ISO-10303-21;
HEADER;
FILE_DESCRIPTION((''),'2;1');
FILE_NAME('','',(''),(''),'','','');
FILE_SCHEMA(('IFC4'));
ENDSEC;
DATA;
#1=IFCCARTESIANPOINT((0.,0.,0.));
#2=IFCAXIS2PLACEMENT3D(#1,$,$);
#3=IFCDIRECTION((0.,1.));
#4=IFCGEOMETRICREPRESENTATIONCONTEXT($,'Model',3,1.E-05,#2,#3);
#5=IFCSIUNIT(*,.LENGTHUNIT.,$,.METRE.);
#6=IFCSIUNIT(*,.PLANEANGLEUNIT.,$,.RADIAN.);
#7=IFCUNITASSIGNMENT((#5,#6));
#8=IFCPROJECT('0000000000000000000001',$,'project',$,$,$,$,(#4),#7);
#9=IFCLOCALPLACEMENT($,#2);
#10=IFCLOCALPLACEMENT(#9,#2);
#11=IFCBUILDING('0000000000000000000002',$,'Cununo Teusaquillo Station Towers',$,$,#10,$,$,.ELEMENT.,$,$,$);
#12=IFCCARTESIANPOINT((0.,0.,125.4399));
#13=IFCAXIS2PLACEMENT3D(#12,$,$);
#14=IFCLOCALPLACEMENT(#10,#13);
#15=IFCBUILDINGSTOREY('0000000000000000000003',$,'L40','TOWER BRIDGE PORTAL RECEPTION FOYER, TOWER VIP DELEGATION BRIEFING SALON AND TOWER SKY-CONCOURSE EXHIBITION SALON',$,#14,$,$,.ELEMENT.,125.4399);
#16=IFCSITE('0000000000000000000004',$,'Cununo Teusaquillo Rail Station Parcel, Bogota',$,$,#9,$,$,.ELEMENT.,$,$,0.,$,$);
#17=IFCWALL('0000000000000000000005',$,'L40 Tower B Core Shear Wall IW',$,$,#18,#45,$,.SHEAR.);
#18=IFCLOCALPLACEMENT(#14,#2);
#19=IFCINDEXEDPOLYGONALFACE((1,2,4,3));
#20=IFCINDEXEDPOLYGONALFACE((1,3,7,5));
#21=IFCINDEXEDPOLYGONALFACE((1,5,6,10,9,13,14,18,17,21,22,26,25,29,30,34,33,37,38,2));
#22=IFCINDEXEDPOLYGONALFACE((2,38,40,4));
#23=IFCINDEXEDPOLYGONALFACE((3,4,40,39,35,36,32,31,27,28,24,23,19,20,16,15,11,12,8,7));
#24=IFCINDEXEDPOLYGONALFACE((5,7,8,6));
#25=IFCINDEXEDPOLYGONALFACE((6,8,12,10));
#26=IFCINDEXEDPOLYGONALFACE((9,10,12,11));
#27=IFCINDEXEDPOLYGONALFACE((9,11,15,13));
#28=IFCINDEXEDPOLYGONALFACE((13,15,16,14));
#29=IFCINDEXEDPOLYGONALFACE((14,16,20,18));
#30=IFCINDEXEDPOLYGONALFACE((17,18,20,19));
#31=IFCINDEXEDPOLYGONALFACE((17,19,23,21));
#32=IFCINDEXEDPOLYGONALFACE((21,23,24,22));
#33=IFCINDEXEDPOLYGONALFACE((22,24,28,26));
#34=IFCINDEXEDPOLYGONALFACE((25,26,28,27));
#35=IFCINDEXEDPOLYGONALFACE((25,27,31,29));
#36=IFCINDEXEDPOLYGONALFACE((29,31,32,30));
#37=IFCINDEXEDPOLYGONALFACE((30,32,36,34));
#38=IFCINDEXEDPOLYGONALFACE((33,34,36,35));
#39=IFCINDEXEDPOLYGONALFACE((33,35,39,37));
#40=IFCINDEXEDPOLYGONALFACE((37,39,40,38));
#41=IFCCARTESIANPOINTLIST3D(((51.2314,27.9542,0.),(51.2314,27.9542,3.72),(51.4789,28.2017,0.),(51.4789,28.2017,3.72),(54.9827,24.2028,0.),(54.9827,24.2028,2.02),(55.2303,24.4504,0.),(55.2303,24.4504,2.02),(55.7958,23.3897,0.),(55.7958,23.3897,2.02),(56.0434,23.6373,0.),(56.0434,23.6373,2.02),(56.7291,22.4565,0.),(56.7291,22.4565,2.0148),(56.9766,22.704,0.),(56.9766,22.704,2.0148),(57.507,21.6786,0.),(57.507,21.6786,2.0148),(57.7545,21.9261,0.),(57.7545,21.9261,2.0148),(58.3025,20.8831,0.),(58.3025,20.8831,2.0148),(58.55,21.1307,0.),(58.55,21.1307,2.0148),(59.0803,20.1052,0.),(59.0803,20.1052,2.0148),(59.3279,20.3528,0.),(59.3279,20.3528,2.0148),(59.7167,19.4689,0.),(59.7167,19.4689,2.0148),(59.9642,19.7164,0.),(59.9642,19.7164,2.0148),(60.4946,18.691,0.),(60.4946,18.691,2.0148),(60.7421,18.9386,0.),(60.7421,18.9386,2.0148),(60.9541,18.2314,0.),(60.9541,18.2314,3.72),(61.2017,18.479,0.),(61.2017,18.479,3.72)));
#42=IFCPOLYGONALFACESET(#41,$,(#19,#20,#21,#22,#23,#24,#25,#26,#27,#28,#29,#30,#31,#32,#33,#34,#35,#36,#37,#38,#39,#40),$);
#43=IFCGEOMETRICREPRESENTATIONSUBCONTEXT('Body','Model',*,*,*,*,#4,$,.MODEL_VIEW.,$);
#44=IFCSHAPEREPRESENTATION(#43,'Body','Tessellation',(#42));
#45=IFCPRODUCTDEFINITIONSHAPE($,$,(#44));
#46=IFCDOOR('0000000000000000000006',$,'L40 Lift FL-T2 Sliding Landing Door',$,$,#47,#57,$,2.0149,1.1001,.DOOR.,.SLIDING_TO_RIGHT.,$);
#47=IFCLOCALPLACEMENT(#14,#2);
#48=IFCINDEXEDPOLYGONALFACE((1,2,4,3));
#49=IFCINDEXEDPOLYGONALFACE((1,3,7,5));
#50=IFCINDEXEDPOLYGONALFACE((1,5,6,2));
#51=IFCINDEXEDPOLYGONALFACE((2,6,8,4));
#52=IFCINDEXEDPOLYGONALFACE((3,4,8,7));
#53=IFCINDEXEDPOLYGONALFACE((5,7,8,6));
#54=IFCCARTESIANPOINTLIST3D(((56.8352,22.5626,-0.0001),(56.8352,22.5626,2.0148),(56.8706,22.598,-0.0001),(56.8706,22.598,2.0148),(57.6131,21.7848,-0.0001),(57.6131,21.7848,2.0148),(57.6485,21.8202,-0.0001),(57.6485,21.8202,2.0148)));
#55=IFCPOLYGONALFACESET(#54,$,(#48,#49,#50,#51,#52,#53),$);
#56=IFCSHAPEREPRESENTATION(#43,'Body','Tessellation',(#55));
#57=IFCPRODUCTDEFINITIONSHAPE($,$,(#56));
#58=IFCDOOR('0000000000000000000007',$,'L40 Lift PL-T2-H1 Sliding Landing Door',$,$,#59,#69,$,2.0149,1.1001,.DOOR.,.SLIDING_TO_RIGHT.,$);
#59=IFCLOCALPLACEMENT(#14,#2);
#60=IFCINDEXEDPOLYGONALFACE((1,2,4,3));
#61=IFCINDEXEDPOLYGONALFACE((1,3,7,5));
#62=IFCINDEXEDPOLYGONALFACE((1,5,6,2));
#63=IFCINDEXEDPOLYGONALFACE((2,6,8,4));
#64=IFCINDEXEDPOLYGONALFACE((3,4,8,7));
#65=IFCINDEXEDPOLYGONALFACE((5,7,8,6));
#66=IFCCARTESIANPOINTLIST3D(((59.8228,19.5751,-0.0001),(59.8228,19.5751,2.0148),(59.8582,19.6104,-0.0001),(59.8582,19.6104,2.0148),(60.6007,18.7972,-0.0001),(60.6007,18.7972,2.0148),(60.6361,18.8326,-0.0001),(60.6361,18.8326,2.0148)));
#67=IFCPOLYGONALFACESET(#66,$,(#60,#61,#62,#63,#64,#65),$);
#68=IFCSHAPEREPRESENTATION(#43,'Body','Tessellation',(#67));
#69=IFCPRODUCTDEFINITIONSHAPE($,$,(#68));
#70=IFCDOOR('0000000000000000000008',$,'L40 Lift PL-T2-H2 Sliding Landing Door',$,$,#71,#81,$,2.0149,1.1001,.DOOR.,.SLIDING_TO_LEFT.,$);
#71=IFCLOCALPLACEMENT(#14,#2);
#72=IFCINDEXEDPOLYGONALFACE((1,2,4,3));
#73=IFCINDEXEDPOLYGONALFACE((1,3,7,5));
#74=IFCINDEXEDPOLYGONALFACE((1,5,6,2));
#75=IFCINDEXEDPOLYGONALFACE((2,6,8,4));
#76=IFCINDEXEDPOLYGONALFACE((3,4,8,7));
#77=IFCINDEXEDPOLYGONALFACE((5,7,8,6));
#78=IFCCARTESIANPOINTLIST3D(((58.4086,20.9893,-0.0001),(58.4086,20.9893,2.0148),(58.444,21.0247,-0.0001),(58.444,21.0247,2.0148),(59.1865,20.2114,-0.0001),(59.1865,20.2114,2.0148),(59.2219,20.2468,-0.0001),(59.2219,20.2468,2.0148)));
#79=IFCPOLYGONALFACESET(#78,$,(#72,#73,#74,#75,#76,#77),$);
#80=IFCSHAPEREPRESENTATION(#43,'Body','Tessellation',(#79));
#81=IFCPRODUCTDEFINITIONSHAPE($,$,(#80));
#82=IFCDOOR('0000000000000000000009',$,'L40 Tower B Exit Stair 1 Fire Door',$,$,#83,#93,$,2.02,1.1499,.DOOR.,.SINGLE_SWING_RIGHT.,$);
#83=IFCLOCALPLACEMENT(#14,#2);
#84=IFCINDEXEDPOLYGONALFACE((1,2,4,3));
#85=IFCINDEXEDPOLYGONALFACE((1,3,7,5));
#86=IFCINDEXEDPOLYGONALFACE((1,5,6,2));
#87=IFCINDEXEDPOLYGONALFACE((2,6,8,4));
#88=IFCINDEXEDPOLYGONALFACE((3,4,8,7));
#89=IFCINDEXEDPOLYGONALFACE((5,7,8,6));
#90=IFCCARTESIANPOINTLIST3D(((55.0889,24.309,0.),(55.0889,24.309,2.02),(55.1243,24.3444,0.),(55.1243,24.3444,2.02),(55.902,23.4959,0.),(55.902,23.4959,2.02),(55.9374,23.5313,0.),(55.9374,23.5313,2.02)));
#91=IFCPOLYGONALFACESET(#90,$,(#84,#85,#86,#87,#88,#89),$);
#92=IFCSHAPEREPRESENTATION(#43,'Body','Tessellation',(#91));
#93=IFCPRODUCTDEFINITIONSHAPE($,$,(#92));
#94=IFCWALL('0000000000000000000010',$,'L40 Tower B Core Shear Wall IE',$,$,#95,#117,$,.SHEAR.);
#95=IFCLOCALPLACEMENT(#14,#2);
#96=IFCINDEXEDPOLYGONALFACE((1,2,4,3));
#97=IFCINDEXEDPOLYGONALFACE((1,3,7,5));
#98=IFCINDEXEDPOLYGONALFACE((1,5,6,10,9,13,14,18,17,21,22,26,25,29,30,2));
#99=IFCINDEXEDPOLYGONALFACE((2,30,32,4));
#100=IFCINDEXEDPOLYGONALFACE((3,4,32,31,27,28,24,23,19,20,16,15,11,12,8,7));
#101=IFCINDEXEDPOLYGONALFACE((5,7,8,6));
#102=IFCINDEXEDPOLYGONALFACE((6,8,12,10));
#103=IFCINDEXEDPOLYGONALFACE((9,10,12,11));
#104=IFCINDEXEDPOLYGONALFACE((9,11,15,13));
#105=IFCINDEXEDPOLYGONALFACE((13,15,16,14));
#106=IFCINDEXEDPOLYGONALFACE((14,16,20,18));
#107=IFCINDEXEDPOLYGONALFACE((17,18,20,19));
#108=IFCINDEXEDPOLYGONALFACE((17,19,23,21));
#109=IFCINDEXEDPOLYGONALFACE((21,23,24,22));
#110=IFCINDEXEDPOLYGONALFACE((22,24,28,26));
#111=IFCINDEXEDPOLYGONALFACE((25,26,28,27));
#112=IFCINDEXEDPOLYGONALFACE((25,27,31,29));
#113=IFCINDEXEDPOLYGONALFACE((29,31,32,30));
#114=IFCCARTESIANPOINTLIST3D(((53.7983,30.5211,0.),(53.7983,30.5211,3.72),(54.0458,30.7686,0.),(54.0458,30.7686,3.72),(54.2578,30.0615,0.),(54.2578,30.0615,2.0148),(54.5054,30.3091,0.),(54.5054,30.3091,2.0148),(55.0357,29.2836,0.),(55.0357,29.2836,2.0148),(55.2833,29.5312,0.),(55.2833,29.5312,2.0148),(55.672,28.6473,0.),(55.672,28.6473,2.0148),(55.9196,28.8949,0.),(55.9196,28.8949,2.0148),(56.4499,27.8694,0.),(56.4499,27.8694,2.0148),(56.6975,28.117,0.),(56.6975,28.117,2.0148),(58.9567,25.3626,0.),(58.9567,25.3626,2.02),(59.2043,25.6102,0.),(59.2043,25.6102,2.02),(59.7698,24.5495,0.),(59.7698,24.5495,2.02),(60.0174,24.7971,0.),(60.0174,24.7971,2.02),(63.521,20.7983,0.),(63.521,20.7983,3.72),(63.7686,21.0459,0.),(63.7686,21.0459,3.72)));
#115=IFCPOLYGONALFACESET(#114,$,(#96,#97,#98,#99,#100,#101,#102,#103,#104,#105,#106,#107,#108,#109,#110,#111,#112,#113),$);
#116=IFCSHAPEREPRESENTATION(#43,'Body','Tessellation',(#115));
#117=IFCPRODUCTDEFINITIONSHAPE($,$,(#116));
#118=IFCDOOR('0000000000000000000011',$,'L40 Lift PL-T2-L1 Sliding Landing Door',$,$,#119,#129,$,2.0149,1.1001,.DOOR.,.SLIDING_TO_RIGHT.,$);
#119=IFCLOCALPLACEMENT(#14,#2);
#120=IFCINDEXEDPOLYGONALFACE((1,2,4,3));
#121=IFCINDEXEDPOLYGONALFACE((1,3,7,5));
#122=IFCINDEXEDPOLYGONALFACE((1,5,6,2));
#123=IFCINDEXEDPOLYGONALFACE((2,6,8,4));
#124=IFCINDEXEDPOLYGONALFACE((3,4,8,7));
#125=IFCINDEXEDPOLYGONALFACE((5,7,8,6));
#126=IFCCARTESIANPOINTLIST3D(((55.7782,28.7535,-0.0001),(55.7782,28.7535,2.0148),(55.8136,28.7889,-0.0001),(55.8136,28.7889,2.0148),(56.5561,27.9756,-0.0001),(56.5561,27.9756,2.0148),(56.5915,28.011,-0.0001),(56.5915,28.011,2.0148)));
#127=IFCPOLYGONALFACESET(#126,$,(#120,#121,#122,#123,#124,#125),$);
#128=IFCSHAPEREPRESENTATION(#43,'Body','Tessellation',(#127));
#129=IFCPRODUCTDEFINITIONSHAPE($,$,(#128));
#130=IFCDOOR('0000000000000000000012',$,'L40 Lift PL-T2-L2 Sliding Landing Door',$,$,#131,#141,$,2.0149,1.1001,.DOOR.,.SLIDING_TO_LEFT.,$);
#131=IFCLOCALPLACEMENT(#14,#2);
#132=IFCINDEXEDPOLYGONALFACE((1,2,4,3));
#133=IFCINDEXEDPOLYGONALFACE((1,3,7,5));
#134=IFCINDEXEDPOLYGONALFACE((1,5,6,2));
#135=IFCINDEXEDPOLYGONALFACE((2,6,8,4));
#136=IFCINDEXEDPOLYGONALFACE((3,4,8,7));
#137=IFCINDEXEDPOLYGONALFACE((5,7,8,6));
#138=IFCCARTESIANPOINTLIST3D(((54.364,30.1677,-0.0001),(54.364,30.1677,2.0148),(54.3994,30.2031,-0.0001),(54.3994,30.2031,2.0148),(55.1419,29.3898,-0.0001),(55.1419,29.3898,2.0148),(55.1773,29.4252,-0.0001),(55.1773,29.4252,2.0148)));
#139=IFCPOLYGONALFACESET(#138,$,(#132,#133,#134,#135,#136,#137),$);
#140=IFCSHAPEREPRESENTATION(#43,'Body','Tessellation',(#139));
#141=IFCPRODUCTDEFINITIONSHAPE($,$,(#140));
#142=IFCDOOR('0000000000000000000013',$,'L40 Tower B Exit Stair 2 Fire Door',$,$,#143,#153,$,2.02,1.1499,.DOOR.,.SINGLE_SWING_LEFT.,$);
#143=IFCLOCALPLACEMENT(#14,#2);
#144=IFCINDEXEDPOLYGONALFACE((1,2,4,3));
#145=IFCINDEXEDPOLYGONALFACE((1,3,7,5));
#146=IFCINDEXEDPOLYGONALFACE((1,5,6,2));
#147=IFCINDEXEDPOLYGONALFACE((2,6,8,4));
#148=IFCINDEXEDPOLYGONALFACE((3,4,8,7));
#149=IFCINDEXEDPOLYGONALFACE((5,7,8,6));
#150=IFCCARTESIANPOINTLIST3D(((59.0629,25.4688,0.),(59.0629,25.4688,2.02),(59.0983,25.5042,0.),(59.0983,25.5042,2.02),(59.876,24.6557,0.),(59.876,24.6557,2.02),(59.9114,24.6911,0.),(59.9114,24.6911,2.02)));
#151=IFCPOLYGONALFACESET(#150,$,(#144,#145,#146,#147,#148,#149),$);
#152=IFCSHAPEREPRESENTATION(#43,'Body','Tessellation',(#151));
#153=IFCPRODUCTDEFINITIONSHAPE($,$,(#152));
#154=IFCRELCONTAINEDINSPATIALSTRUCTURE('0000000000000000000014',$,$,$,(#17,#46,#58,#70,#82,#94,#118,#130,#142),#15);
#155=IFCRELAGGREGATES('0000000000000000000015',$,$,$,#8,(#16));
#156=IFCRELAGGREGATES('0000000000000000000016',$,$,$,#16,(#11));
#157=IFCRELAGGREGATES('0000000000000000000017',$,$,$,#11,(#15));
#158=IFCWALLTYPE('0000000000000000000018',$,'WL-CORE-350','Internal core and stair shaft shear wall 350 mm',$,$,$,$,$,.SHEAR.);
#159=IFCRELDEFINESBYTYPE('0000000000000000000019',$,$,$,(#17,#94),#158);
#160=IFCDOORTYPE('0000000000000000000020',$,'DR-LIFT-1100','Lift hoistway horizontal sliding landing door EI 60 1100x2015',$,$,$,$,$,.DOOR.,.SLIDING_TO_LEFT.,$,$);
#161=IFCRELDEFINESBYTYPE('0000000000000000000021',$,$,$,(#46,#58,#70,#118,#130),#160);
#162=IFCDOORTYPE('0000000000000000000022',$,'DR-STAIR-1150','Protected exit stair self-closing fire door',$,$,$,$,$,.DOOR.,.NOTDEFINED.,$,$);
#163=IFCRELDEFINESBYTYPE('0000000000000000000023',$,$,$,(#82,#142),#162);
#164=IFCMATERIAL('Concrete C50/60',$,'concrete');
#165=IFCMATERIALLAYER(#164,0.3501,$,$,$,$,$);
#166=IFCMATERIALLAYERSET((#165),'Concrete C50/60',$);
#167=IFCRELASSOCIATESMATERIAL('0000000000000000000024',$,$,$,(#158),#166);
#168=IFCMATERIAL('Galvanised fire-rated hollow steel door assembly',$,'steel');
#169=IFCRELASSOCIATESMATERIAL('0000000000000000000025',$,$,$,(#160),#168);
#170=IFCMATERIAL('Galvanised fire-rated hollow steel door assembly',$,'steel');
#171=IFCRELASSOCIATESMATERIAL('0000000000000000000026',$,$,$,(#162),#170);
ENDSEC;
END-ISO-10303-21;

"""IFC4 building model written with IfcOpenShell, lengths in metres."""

from ifc_helpers import new_model, si_unit, direction, frame, frame_2d, origin, place, context, subcontext, project, spatial, rectangle, extrude, source, transform, mapped, material, layer, layer_set, type_object, element, fill, save


model = new_model("IFC4")

# Units and contexts
model_context = context("Model", 3, precision=1e-05, world=origin(), true_north=direction((0.0, 1.0)))
body_context = subcontext(model_context, "Body", "Model", "MODEL_VIEW")
ifc_project = project(units=[si_unit("LENGTHUNIT", "METRE"), si_unit("PLANEANGLEUNIT", "RADIAN")], contexts=[model_context])

# Site, building, storey
site_placement = place(None, origin())
site = spatial("IfcSite", under=ifc_project, at=site_placement, Name="Cununo Teusaquillo Rail Station Parcel, Bogota", CompositionType="ELEMENT", RefElevation=0.0)
building_placement = place(site_placement, origin())
building = spatial("IfcBuilding", under=site, at=building_placement, Name="Cununo Teusaquillo Station Towers", CompositionType="ELEMENT")
storey_placement = place(building_placement, frame((0.0, 0.0, 125.4399)))
storey = spatial("IfcBuildingStorey", under=building, at=storey_placement, Name="L40", Description="TOWER BRIDGE PORTAL RECEPTION FOYER, TOWER VIP DELEGATION BRIEFING SALON AND TOWER SKY-CONCOURSE EXHIBITION SALON", CompositionType="ELEMENT", Elevation=125.4399)

# Walls, openings, doors
ifc_material_1 = material(Name="Concrete C50/60", Category="concrete")
ifc_layer_1 = layer(ifc_material_1, 0.3501)
ifc_layer_set_1 = layer_set([ifc_layer_1], Name="Concrete C50/60")
wall_type_1 = type_object("IfcWallType", Name="WL-CORE-350", Description="Internal core and stair shaft shear wall 350 mm", PredefinedType="SHEAR", material=ifc_layer_set_1)
wall_1_placement = place(storey_placement, frame((61.0779, 18.3552, 0.0), z_axis=(0.0, 0.0, 1.0), x_axis=(-0.707107, 0.707107, 0.0)))
wall_1 = element("IfcWall", 1, at=wall_1_placement, inside=storey, type_object=wall_type_1, Name="L40 Tower B Core Shear Wall IW", PredefinedType="SHEAR", context=body_context, shape_type="SweptSolid", body=[
    extrude(rectangle(XDim=13.75, YDim=0.3501, at=frame_2d((6.875, 0.0))), origin(), (0.0, 0.0, 1.0), 3.72),
])
shared_shape_1 = source(origin(), body_context, "Body", "SweptSolid", [
    extrude(rectangle(XDim=1.1001, YDim=2.0149, at=frame_2d((0.55, 1.0073))), frame((0.0, 0.1851, 0.0), z_axis=(0.0, -1.0, 0.0), x_axis=(1.0, 0.0, 0.0)), (0.0, 0.0, 1.0), 0.3701),
])
opening_1_placement = place(wall_1_placement, frame((4.875, 0.0, 0.0)))
opening_1 = element("IfcOpeningElement", 2, at=opening_1_placement, cuts=wall_1, PredefinedType="OPENING", context=body_context, shape_type="MappedRepresentation", body=[
    mapped(shared_shape_1, transform((0.0, 0.0, 0.0), x_axis=(1.0, 0.0, 0.0), y_axis=(0.0, 1.0, 0.0), z_axis=(0.0, 0.0, 1.0), scale=1.0)),
])
opening_2_placement = place(wall_1_placement, frame((0.6499, 0.0, 0.0)))
opening_2 = element("IfcOpeningElement", 3, at=opening_2_placement, cuts=wall_1, PredefinedType="OPENING", context=body_context, shape_type="MappedRepresentation", body=[
    mapped(shared_shape_1, transform((0.0, 0.0, 0.0), x_axis=(1.0, 0.0, 0.0), y_axis=(0.0, 1.0, 0.0), z_axis=(0.0, 0.0, 1.0), scale=1.0)),
])
opening_3_placement = place(wall_1_placement, frame((2.6499, 0.0, 0.0)))
opening_3 = element("IfcOpeningElement", 4, at=opening_3_placement, cuts=wall_1, PredefinedType="OPENING", context=body_context, shape_type="MappedRepresentation", body=[
    mapped(shared_shape_1, transform((0.0, 0.0, 0.0), x_axis=(1.0, 0.0, 0.0), y_axis=(0.0, 1.0, 0.0), z_axis=(0.0, 0.0, 1.0), scale=1.0)),
])
shared_shape_2 = source(origin(), body_context, "Body", "SweptSolid", [
    extrude(rectangle(XDim=1.1499, YDim=2.02, at=frame_2d((0.575, 1.01))), frame((0.0, 0.1851, 0.0), z_axis=(0.0, -1.0, 0.0), x_axis=(1.0, 0.0, 0.0)), (0.0, 0.0, 1.0), 0.3701),
])
opening_4_placement = place(wall_1_placement, frame((7.2949, 0.0, 0.0)))
opening_4 = element("IfcOpeningElement", 5, at=opening_4_placement, cuts=wall_1, PredefinedType="OPENING", context=body_context, shape_type="MappedRepresentation", body=[
    mapped(shared_shape_2, transform((0.0, 0.0, 0.0), x_axis=(1.0, 0.0, 0.0), y_axis=(0.0, 1.0, 0.0), z_axis=(0.0, 0.0, 1.0), scale=1.0)),
])
ifc_material_2 = material(Name="Galvanised fire-rated hollow steel door assembly", Category="steel")
door_type_1 = type_object("IfcDoorType", Name="DR-LIFT-1100", Description="Lift hoistway horizontal sliding landing door EI 60 1100x2015", OperationType="SLIDING_TO_LEFT", PredefinedType="DOOR", material=ifc_material_2)
shared_shape_3 = source(origin(), body_context, "Body", "SweptSolid", [
    extrude(rectangle(XDim=1.1001, YDim=2.0149, at=frame_2d((0.55, 1.0073))), frame((0.0, 0.0249, 0.0), z_axis=(0.0, -1.0, 0.0), x_axis=(1.0, 0.0, 0.0)), (0.0, 0.0, 1.0), 0.05),
])
door_1_placement = place(opening_1_placement, origin())
door_1 = element("IfcDoor", 6, at=door_1_placement, inside=storey, type_object=door_type_1, Name="L40 Lift FL-T2 Sliding Landing Door", OperationType="SLIDING_TO_RIGHT", OverallHeight=2.0149, OverallWidth=1.1001, PredefinedType="DOOR", context=body_context, shape_type="MappedRepresentation", body=[
    mapped(shared_shape_3, transform((0.0, 0.0, 0.0), x_axis=(1.0, 0.0, 0.0), y_axis=(0.0, 1.0, 0.0), z_axis=(0.0, 0.0, 1.0), scale=1.0)),
])
fill(opening_1, door_1)
door_2_placement = place(opening_2_placement, origin())
door_2 = element("IfcDoor", 7, at=door_2_placement, inside=storey, type_object=door_type_1, Name="L40 Lift PL-T2-H1 Sliding Landing Door", OperationType="SLIDING_TO_RIGHT", OverallHeight=2.0149, OverallWidth=1.1001, PredefinedType="DOOR", context=body_context, shape_type="MappedRepresentation", body=[
    mapped(shared_shape_3, transform((0.0, 0.0, 0.0), x_axis=(1.0, 0.0, 0.0), y_axis=(0.0, 1.0, 0.0), z_axis=(0.0, 0.0, 1.0), scale=1.0)),
])
fill(opening_2, door_2)
door_3_placement = place(opening_3_placement, origin())
door_3 = element("IfcDoor", 8, at=door_3_placement, inside=storey, type_object=door_type_1, Name="L40 Lift PL-T2-H2 Sliding Landing Door", OperationType="SLIDING_TO_LEFT", OverallHeight=2.0149, OverallWidth=1.1001, PredefinedType="DOOR", context=body_context, shape_type="MappedRepresentation", body=[
    mapped(shared_shape_3, transform((0.0, 0.0, 0.0), x_axis=(1.0, 0.0, 0.0), y_axis=(0.0, 1.0, 0.0), z_axis=(0.0, 0.0, 1.0), scale=1.0)),
])
fill(opening_3, door_3)
ifc_material_3 = material(Name="Galvanised fire-rated hollow steel door assembly", Category="steel")
door_type_2 = type_object("IfcDoorType", Name="DR-STAIR-1150", Description="Protected exit stair self-closing fire door", OperationType="NOTDEFINED", PredefinedType="DOOR", material=ifc_material_3)
shared_shape_4 = source(origin(), body_context, "Body", "SweptSolid", [
    extrude(rectangle(XDim=1.1499, YDim=2.02, at=frame_2d((0.575, 1.01))), frame((0.0, 0.0249, 0.0), z_axis=(0.0, -1.0, 0.0), x_axis=(1.0, 0.0, 0.0)), (0.0, 0.0, 1.0), 0.05),
])
door_4_placement = place(opening_4_placement, origin())
door_4 = element("IfcDoor", 9, at=door_4_placement, inside=storey, type_object=door_type_2, Name="L40 Tower B Exit Stair 1 Fire Door", OperationType="SINGLE_SWING_RIGHT", OverallHeight=2.02, OverallWidth=1.1499, PredefinedType="DOOR", context=body_context, shape_type="MappedRepresentation", body=[
    mapped(shared_shape_4, transform((0.0, 0.0, 0.0), x_axis=(1.0, 0.0, 0.0), y_axis=(0.0, 1.0, 0.0), z_axis=(0.0, 0.0, 1.0), scale=1.0)),
])
fill(opening_4, door_4)
wall_2_placement = place(storey_placement, frame((63.6448, 20.9221, 0.0), z_axis=(0.0, 0.0, 1.0), x_axis=(-0.707107, 0.707107, 0.0)))
wall_2 = element("IfcWall", 10, at=wall_2_placement, inside=storey, type_object=wall_type_1, Name="L40 Tower B Core Shear Wall IE", PredefinedType="SHEAR", context=body_context, shape_type="SweptSolid", body=[
    extrude(rectangle(XDim=13.75, YDim=0.3501, at=frame_2d((6.875, 0.0))), origin(), (0.0, 0.0, 1.0), 3.72),
])
opening_5_placement = place(wall_2_placement, frame((10.0, 0.0, 0.0)))
opening_5 = element("IfcOpeningElement", 11, at=opening_5_placement, cuts=wall_2, PredefinedType="OPENING", context=body_context, shape_type="MappedRepresentation", body=[
    mapped(shared_shape_1, transform((0.0, 0.0, 0.0), x_axis=(1.0, 0.0, 0.0), y_axis=(0.0, 1.0, 0.0), z_axis=(0.0, 0.0, 1.0), scale=1.0)),
])
opening_6_placement = place(wall_2_placement, frame((12.0, 0.0, 0.0)))
opening_6 = element("IfcOpeningElement", 12, at=opening_6_placement, cuts=wall_2, PredefinedType="OPENING", context=body_context, shape_type="MappedRepresentation", body=[
    mapped(shared_shape_1, transform((0.0, 0.0, 0.0), x_axis=(1.0, 0.0, 0.0), y_axis=(0.0, 1.0, 0.0), z_axis=(0.0, 0.0, 1.0), scale=1.0)),
])
opening_7_placement = place(wall_2_placement, frame((5.3049, 0.0, 0.0)))
opening_7 = element("IfcOpeningElement", 13, at=opening_7_placement, cuts=wall_2, PredefinedType="OPENING", context=body_context, shape_type="MappedRepresentation", body=[
    mapped(shared_shape_2, transform((0.0, 0.0, 0.0), x_axis=(1.0, 0.0, 0.0), y_axis=(0.0, 1.0, 0.0), z_axis=(0.0, 0.0, 1.0), scale=1.0)),
])
door_5_placement = place(opening_5_placement, origin())
door_5 = element("IfcDoor", 14, at=door_5_placement, inside=storey, type_object=door_type_1, Name="L40 Lift PL-T2-L1 Sliding Landing Door", OperationType="SLIDING_TO_RIGHT", OverallHeight=2.0149, OverallWidth=1.1001, PredefinedType="DOOR", context=body_context, shape_type="MappedRepresentation", body=[
    mapped(shared_shape_3, transform((0.0, 0.0, 0.0), x_axis=(1.0, 0.0, 0.0), y_axis=(0.0, 1.0, 0.0), z_axis=(0.0, 0.0, 1.0), scale=1.0)),
])
fill(opening_5, door_5)
door_6_placement = place(opening_6_placement, origin())
door_6 = element("IfcDoor", 15, at=door_6_placement, inside=storey, type_object=door_type_1, Name="L40 Lift PL-T2-L2 Sliding Landing Door", OperationType="SLIDING_TO_LEFT", OverallHeight=2.0149, OverallWidth=1.1001, PredefinedType="DOOR", context=body_context, shape_type="MappedRepresentation", body=[
    mapped(shared_shape_3, transform((0.0, 0.0, 0.0), x_axis=(1.0, 0.0, 0.0), y_axis=(0.0, 1.0, 0.0), z_axis=(0.0, 0.0, 1.0), scale=1.0)),
])
fill(opening_6, door_6)
door_7_placement = place(opening_7_placement, origin())
door_7 = element("IfcDoor", 16, at=door_7_placement, inside=storey, type_object=door_type_2, Name="L40 Tower B Exit Stair 2 Fire Door", OperationType="SINGLE_SWING_LEFT", OverallHeight=2.02, OverallWidth=1.1499, PredefinedType="DOOR", context=body_context, shape_type="MappedRepresentation", body=[
    mapped(shared_shape_4, transform((0.0, 0.0, 0.0), x_axis=(1.0, 0.0, 0.0), y_axis=(0.0, 1.0, 0.0), z_axis=(0.0, 0.0, 1.0), scale=1.0)),
])
fill(opening_7, door_7)

save(model, "model.ifc")
